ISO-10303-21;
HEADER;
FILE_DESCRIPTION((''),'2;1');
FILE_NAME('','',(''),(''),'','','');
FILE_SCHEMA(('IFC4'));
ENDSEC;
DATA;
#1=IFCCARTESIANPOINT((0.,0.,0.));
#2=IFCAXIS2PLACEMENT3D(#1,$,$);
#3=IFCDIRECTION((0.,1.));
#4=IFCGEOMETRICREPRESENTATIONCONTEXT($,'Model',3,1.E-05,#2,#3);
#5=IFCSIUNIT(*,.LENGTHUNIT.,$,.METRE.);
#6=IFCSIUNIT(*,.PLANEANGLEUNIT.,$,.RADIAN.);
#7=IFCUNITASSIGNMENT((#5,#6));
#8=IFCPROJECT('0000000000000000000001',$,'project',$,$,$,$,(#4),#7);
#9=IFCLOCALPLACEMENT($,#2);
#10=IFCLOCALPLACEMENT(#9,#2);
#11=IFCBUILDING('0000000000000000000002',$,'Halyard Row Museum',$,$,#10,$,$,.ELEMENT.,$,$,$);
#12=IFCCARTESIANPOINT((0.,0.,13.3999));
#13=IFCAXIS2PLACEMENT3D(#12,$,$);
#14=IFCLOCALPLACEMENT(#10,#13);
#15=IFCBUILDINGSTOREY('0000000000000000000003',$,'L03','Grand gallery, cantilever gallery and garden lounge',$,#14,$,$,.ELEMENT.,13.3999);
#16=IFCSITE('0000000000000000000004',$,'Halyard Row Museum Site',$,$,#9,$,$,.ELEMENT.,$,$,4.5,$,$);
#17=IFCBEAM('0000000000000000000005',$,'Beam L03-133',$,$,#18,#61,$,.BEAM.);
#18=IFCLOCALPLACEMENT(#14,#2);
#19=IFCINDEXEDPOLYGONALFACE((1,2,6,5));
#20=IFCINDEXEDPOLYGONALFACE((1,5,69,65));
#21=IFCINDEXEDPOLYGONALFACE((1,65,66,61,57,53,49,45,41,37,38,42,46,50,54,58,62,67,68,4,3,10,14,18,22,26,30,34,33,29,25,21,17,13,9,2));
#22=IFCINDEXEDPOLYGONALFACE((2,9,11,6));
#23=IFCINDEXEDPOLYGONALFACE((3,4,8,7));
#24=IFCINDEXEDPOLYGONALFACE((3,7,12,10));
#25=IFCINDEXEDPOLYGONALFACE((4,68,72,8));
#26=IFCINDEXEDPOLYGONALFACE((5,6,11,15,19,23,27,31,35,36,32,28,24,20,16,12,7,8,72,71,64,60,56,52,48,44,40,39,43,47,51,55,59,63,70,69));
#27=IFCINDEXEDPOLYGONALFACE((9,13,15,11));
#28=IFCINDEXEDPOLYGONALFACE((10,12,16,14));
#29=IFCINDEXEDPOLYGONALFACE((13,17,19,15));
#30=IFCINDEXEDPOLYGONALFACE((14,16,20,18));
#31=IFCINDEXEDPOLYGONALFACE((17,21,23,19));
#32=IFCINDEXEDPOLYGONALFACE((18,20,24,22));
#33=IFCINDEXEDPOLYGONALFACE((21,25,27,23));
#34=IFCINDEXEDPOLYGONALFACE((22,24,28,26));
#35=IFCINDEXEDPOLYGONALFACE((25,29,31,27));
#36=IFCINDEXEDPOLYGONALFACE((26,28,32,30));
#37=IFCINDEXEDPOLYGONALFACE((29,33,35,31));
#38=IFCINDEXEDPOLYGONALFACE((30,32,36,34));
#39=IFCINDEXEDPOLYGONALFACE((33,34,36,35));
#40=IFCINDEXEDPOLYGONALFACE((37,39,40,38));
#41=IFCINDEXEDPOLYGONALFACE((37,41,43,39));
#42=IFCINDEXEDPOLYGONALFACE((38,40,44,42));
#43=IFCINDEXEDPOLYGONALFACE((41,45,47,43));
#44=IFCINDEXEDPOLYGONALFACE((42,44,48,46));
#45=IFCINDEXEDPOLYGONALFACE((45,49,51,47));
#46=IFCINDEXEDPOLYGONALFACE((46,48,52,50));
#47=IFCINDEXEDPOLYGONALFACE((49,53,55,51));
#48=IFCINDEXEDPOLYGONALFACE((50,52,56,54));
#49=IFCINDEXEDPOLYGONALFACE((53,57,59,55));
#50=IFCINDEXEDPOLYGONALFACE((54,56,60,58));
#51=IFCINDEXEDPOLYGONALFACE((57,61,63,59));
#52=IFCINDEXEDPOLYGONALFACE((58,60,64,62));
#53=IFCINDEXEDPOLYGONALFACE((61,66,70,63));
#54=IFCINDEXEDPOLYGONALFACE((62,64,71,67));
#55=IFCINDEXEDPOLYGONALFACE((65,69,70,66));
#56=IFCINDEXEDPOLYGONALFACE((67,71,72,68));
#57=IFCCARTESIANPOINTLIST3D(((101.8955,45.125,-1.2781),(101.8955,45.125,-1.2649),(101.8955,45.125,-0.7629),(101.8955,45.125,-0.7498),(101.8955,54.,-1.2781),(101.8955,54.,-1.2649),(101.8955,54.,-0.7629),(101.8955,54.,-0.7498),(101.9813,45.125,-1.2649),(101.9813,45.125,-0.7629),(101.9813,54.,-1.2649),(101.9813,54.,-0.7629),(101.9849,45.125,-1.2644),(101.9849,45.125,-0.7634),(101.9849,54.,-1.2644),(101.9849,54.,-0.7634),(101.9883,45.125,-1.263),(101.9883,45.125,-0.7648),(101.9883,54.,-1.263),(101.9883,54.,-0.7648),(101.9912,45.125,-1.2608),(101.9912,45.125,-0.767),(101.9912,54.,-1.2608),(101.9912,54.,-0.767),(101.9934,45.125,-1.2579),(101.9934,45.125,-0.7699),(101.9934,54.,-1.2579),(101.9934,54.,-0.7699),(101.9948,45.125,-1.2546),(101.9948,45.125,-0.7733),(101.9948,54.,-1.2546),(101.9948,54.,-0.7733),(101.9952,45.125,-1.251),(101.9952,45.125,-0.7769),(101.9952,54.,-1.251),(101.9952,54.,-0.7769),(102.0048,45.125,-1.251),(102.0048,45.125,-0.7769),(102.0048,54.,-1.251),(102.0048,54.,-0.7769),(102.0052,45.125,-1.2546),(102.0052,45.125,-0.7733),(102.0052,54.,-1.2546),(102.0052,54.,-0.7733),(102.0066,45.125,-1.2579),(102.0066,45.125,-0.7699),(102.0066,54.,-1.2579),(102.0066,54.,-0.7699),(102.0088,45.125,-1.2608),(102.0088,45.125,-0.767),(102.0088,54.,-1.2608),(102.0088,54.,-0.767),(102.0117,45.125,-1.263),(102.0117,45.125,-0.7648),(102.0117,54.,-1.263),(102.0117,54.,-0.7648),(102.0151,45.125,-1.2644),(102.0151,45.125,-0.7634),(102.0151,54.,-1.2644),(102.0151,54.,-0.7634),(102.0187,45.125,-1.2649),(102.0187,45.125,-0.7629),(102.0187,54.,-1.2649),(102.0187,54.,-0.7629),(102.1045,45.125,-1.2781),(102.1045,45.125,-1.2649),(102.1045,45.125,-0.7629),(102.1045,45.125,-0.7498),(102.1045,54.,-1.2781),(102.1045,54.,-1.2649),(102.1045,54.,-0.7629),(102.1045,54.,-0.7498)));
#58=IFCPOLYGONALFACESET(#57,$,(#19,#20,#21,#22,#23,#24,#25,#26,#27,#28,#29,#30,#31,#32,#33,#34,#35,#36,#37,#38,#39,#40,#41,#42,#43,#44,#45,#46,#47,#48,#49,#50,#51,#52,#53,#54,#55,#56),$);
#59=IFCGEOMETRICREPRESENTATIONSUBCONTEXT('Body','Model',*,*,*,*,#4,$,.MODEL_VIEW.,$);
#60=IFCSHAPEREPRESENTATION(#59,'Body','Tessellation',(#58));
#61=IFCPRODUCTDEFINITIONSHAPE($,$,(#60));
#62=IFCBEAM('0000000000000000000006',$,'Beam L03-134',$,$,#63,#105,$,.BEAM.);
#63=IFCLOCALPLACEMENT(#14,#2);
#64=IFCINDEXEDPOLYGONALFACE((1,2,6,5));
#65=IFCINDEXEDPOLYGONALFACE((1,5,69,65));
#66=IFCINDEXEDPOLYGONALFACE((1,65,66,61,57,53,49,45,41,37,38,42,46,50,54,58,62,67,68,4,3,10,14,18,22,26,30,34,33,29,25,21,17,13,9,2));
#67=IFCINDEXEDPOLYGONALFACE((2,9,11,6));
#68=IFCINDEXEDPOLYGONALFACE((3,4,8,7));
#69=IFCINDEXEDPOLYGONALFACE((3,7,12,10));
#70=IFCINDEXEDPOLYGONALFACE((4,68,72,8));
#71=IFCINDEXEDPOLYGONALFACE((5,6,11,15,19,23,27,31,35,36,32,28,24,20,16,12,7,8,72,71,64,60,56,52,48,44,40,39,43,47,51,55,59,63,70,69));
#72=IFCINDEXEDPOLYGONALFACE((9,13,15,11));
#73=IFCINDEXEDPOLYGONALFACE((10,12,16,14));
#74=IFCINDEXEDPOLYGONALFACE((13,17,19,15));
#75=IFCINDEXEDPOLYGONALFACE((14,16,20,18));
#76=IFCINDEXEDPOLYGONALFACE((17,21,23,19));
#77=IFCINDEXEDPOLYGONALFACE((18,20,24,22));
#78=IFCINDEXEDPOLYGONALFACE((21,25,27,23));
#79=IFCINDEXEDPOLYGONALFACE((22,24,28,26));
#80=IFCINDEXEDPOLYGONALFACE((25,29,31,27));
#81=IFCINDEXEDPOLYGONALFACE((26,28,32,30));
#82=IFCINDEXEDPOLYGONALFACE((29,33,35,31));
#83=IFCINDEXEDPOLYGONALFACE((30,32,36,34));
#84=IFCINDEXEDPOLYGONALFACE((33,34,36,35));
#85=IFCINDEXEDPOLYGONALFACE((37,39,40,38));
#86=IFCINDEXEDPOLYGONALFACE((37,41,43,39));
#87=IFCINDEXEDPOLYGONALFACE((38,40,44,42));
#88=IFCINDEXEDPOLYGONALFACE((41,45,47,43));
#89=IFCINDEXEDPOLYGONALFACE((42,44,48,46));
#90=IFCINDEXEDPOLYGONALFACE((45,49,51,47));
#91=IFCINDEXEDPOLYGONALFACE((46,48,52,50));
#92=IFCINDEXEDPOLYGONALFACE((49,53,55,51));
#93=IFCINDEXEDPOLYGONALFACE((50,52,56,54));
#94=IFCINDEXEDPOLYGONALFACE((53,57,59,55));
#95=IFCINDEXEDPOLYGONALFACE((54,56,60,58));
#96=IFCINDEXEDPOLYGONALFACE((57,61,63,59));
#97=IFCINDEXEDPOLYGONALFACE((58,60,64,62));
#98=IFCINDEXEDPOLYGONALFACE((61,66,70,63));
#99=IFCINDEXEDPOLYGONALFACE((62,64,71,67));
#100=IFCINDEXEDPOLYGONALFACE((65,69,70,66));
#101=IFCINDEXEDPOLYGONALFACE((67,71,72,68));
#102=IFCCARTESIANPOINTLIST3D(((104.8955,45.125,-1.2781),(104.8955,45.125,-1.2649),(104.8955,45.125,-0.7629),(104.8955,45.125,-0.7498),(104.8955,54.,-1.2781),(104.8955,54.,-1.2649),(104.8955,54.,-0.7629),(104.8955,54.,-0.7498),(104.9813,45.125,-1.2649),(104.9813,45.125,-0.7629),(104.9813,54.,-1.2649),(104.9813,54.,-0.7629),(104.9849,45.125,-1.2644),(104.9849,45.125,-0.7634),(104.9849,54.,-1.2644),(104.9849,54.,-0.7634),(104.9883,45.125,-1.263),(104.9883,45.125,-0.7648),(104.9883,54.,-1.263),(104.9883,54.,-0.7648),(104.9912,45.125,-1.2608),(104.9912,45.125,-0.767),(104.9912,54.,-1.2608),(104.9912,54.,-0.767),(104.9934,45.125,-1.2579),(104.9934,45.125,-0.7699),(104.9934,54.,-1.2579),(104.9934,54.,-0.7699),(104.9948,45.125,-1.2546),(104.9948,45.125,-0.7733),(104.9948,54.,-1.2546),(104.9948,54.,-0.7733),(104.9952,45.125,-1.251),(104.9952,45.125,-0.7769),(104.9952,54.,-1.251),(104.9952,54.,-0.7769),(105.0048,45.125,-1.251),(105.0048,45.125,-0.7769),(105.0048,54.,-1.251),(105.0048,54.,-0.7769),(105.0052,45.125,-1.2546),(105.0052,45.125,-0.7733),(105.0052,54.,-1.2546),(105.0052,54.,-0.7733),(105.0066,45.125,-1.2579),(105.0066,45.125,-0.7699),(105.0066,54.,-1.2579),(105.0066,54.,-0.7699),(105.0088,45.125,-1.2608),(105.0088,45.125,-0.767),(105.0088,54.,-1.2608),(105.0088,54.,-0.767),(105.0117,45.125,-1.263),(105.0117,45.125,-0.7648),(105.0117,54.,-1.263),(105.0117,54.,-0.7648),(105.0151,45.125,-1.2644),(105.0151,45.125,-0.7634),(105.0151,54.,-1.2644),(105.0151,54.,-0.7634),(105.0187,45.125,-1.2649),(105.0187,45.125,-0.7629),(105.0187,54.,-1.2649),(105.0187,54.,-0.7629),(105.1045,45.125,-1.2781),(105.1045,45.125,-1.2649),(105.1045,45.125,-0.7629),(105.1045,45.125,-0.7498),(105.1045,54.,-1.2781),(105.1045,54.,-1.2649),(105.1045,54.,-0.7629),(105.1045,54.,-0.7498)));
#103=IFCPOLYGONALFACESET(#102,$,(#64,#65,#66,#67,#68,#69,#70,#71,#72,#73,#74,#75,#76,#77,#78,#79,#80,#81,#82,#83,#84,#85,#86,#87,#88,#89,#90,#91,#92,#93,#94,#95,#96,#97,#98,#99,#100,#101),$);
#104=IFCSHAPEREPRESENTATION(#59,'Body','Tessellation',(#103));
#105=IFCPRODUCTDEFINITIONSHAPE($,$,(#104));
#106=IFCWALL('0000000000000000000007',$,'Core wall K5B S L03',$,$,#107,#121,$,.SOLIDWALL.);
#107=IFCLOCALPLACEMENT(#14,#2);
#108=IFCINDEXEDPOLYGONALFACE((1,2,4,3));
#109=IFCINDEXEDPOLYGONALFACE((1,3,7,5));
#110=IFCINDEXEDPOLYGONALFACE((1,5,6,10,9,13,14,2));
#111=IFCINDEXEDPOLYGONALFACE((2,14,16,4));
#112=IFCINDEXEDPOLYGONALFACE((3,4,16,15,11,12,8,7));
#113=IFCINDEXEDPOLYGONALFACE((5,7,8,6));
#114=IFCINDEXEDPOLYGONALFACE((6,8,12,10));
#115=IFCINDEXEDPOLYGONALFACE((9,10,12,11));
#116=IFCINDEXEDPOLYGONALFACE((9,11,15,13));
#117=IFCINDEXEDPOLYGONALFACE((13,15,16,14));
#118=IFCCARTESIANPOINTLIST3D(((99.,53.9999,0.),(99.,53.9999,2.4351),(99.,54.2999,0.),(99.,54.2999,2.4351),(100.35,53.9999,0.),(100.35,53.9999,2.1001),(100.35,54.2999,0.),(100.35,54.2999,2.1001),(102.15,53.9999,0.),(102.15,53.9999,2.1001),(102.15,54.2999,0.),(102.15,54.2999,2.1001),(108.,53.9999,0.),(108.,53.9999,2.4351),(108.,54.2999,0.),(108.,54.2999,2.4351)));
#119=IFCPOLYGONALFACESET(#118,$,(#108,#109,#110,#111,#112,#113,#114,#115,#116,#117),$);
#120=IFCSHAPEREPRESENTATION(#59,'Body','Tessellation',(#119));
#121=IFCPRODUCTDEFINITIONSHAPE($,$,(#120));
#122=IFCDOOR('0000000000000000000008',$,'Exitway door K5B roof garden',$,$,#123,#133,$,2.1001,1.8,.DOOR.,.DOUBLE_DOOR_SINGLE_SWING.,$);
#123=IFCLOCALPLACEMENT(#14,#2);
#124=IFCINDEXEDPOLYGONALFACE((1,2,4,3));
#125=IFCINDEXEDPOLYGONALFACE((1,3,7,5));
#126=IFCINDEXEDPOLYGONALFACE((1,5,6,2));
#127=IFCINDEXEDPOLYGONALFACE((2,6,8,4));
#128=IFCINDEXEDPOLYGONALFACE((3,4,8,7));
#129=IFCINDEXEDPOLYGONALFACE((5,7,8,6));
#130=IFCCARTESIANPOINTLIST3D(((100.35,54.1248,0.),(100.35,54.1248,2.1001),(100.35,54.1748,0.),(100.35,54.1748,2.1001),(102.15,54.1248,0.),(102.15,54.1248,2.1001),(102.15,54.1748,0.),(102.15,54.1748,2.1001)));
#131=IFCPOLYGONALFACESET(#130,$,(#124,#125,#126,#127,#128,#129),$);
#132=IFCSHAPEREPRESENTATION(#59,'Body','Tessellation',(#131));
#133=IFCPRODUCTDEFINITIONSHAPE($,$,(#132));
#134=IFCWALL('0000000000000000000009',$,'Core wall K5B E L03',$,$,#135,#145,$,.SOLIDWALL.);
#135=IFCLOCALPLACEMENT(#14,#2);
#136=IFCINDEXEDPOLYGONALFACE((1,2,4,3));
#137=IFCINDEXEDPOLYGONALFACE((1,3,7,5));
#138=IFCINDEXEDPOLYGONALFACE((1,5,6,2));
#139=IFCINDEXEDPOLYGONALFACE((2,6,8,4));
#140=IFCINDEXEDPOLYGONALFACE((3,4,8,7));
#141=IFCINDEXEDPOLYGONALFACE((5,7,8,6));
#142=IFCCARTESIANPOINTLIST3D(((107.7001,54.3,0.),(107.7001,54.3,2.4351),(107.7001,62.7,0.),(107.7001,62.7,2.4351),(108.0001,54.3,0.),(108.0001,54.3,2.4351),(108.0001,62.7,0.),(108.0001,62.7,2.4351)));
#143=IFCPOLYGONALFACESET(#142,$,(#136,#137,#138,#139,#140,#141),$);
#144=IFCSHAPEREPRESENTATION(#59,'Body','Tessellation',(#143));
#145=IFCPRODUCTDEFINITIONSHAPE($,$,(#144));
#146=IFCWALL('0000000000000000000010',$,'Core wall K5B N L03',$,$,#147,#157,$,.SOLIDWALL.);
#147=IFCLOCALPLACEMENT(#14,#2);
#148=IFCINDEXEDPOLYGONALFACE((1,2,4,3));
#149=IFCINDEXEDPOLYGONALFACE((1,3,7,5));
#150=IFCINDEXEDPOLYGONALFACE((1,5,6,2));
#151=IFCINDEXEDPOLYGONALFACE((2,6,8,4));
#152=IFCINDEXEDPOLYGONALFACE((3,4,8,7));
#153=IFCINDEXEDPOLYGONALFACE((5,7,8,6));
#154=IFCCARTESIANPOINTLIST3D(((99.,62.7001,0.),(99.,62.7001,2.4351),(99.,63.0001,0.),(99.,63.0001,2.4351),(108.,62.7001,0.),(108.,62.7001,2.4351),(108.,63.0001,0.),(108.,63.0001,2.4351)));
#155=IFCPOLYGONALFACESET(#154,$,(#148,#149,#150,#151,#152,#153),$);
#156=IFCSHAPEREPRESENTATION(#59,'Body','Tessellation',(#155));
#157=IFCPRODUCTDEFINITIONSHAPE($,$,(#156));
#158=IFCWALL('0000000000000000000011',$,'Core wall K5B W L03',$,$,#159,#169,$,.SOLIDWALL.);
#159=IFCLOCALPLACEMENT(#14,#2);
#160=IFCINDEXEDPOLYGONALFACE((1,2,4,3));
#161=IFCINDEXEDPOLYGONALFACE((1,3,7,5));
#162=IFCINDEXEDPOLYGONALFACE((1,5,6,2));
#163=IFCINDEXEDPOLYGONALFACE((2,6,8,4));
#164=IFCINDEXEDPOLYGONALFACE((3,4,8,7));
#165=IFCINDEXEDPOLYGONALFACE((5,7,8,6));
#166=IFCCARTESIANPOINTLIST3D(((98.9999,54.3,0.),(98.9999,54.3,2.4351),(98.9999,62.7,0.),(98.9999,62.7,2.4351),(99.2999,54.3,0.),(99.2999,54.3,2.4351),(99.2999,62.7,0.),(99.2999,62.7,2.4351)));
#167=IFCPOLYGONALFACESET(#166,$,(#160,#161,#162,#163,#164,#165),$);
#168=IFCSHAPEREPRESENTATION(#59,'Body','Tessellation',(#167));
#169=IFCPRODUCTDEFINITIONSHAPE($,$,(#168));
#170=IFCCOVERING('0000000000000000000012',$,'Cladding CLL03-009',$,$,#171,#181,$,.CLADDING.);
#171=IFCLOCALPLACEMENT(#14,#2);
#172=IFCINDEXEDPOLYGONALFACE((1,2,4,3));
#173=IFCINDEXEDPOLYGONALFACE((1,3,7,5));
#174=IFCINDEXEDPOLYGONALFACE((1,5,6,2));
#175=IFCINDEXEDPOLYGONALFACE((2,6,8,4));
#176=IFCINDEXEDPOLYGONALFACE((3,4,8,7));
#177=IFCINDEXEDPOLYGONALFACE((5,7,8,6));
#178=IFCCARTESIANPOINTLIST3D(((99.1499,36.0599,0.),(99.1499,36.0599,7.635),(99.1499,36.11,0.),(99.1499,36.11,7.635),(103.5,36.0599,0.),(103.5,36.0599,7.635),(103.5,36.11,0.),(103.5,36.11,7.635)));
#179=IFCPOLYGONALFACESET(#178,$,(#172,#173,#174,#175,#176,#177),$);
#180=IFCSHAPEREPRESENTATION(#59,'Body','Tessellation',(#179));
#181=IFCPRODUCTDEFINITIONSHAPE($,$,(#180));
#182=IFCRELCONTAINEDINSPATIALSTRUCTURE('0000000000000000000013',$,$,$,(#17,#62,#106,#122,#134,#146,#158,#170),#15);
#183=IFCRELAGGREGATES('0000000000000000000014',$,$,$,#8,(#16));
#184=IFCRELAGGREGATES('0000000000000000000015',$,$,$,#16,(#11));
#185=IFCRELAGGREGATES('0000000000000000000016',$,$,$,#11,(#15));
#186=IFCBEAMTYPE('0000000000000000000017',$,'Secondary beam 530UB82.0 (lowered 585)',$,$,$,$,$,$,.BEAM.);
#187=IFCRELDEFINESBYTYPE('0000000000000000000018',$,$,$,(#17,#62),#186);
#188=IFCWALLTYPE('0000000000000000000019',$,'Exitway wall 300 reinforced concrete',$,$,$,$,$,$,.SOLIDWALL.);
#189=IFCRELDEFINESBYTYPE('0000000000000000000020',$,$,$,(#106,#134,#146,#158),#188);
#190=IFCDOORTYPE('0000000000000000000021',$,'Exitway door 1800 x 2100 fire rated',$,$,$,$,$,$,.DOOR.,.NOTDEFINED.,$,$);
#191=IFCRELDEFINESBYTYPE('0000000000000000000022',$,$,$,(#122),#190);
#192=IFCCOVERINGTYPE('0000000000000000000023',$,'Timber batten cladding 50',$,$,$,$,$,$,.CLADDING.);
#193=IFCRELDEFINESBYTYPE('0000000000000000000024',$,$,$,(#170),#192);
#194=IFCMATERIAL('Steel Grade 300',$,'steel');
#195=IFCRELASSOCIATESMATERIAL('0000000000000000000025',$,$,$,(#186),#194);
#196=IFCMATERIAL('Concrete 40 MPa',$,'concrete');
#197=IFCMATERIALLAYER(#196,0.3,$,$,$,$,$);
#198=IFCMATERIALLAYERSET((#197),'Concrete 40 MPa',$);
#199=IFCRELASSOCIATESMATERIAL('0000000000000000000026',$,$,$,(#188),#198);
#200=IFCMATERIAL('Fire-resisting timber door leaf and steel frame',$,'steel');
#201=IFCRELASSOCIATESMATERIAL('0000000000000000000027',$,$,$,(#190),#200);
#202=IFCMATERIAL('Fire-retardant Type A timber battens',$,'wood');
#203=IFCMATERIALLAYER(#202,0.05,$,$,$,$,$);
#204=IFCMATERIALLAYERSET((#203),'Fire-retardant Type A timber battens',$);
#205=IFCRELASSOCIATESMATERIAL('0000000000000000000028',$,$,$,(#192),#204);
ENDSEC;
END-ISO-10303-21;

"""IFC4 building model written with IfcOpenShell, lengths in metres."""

from ifc_helpers import new_model, si_unit, direction, frame, frame_2d, origin, origin_2d, place, context, subcontext, project, spatial, rectangle, i_section, extrude, material, layer, layer_set, material_profile, profile_set, type_object, element, fill, save


model = new_model("IFC4")

# Units and contexts
model_context = context("Model", 3, precision=1e-05, world=origin(), true_north=direction((0.0, 1.0)))
body_context = subcontext(model_context, "Body", "Model", "MODEL_VIEW")
ifc_project = project(units=[si_unit("LENGTHUNIT", "METRE"), si_unit("PLANEANGLEUNIT", "RADIAN")], contexts=[model_context])

# Site, building, storey
site_placement = place(None, origin())
site = spatial("IfcSite", under=ifc_project, at=site_placement, Name="Halyard Row Museum Site", CompositionType="ELEMENT", RefElevation=4.5)
building_placement = place(site_placement, origin())
building = spatial("IfcBuilding", under=site, at=building_placement, Name="Halyard Row Museum", CompositionType="ELEMENT")
storey_placement = place(building_placement, frame((0.0, 0.0, 13.3999)))
storey = spatial("IfcBuildingStorey", under=building, at=storey_placement, Name="L03", Description="Grand gallery, cantilever gallery and garden lounge", CompositionType="ELEMENT", Elevation=13.3999)

# Beams
ifc_material_1 = material(Name="Steel Grade 300", Category="steel")
ifc_material_profile_1 = material_profile(ifc_material_1, i_section(OverallWidth=0.209, OverallDepth=0.5283, WebThickness=0.0095, FlangeThickness=0.0132, FilletRadius=0.0139, at=origin_2d()), Name="530UB82.0")
ifc_profile_set_1 = profile_set([ifc_material_profile_1], Name="Steel Grade 300")
beam_type_1 = type_object("IfcBeamType", Name="Secondary beam 530UB82.0 (lowered 585)", PredefinedType="BEAM", material=ifc_profile_set_1)
for number, where, z_axis, x_axis, name in (
    (1, (102.0, 45.125, -1.0139), (0.0, 1.0, 0.0), (-1.0, 0.0, 0.0), "Beam L03-133"),
    (2, (105.0, 45.125, -1.0139), (0.0, 1.0, 0.0), (-1.0, 0.0, 0.0), "Beam L03-134"),
):
    element("IfcBeam", number, at=place(storey_placement, frame(where, z_axis=z_axis, x_axis=x_axis)), inside=storey, type_object=beam_type_1, Name=name, PredefinedType="BEAM", context=body_context, shape_type="SweptSolid", body=[
        extrude(i_section(OverallWidth=0.209, OverallDepth=0.5283, WebThickness=0.0095, FlangeThickness=0.0132, FilletRadius=0.0139, at=origin_2d()), origin(), (0.0, 0.0, 1.0), 8.875),
    ])

# Wall, opening, door
ifc_material_2 = material(Name="Concrete 40 MPa", Category="concrete")
ifc_layer_1 = layer(ifc_material_2, 0.3)
ifc_layer_set_1 = layer_set([ifc_layer_1], Name="Concrete 40 MPa")
wall_type = type_object("IfcWallType", Name="Exitway wall 300 reinforced concrete", PredefinedType="SOLIDWALL", material=ifc_layer_set_1)
wall_1_placement = place(storey_placement, frame((99.0, 54.1499, 0.0), z_axis=(0.0, 0.0, 1.0), x_axis=(1.0, 0.0, 0.0)))
wall_1 = element("IfcWall", 3, at=wall_1_placement, inside=storey, type_object=wall_type, Name="Core wall K5B S L03", PredefinedType="SOLIDWALL", context=body_context, shape_type="SweptSolid", body=[
    extrude(rectangle(XDim=9.0, YDim=0.3, at=frame_2d((4.5, 0.0))), origin(), (0.0, 0.0, 1.0), 2.4351),
])
opening_placement = place(wall_1_placement, frame((1.3501, 0.0, 0.0)))
opening = element("IfcOpeningElement", 4, at=opening_placement, cuts=wall_1, PredefinedType="OPENING", context=body_context, shape_type="SweptSolid", body=[
    extrude(rectangle(XDim=1.8, YDim=2.1001, at=frame_2d((0.8999, 1.05))), frame((0.0, 0.1599, 0.0), z_axis=(0.0, -1.0, 0.0), x_axis=(1.0, 0.0, 0.0)), (0.0, 0.0, 1.0), 0.3201),
])
ifc_material_3 = material(Name="Fire-resisting timber door leaf and steel frame", Category="steel")
door_type = type_object("IfcDoorType", Name="Exitway door 1800 x 2100 fire rated", OperationType="NOTDEFINED", PredefinedType="DOOR", material=ifc_material_3)
door_placement = place(opening_placement, origin())
door = element("IfcDoor", 5, at=door_placement, inside=storey, type_object=door_type, Name="Exitway door K5B roof garden", OperationType="DOUBLE_DOOR_SINGLE_SWING", OverallHeight=2.1001, OverallWidth=1.8, PredefinedType="DOOR", context=body_context, shape_type="SweptSolid", body=[
    extrude(rectangle(XDim=1.8, YDim=2.1001, at=frame_2d((0.8999, 1.05))), frame((0.0, 0.0249, 0.0), z_axis=(0.0, -1.0, 0.0), x_axis=(1.0, 0.0, 0.0)), (0.0, 0.0, 1.0), 0.05),
])
fill(opening, door)

# Walls
wall_2_placement = place(storey_placement, frame((107.8501, 54.3, 0.0), z_axis=(0.0, 0.0, 1.0), x_axis=(0.0, 1.0, 0.0)))
element("IfcWall", 6, at=wall_2_placement, inside=storey, type_object=wall_type, Name="Core wall K5B E L03", PredefinedType="SOLIDWALL", context=body_context, shape_type="SweptSolid", body=[
    extrude(rectangle(XDim=8.3999, YDim=0.3, at=frame_2d((4.2, 0.0))), origin(), (0.0, 0.0, 1.0), 2.4351),
])
wall_3_placement = place(storey_placement, frame((99.0, 62.8501, 0.0), z_axis=(0.0, 0.0, 1.0), x_axis=(1.0, 0.0, 0.0)))
element("IfcWall", 7, at=wall_3_placement, inside=storey, type_object=wall_type, Name="Core wall K5B N L03", PredefinedType="SOLIDWALL", context=body_context, shape_type="SweptSolid", body=[
    extrude(rectangle(XDim=9.0, YDim=0.3, at=frame_2d((4.5, 0.0))), origin(), (0.0, 0.0, 1.0), 2.4351),
])
wall_4_placement = place(storey_placement, frame((99.1499, 54.3, 0.0), z_axis=(0.0, 0.0, 1.0), x_axis=(0.0, 1.0, 0.0)))
element("IfcWall", 8, at=wall_4_placement, inside=storey, type_object=wall_type, Name="Core wall K5B W L03", PredefinedType="SOLIDWALL", context=body_context, shape_type="SweptSolid", body=[
    extrude(rectangle(XDim=8.3999, YDim=0.3, at=frame_2d((4.2, 0.0))), origin(), (0.0, 0.0, 1.0), 2.4351),
])

# Covering
ifc_material_4 = material(Name="Fire-retardant Type A timber battens", Category="wood")
ifc_layer_2 = layer(ifc_material_4, 0.05)
ifc_layer_set_2 = layer_set([ifc_layer_2], Name="Fire-retardant Type A timber battens")
covering_type = type_object("IfcCoveringType", Name="Timber batten cladding 50", PredefinedType="CLADDING", material=ifc_layer_set_2)
covering_placement = place(storey_placement, frame((103.5, 36.085, 0.0), z_axis=(0.0, 0.0, 1.0), x_axis=(-1.0, 0.0, 0.0)))
element("IfcCovering", 9, at=covering_placement, inside=storey, type_object=covering_type, Name="Cladding CLL03-009", PredefinedType="CLADDING", context=body_context, shape_type="SweptSolid", body=[
    extrude(rectangle(XDim=4.3501, YDim=0.05, at=frame_2d((2.175, 0.0))), origin(), (0.0, 0.0, 1.0), 7.635),
])

save(model, "model.ifc")
